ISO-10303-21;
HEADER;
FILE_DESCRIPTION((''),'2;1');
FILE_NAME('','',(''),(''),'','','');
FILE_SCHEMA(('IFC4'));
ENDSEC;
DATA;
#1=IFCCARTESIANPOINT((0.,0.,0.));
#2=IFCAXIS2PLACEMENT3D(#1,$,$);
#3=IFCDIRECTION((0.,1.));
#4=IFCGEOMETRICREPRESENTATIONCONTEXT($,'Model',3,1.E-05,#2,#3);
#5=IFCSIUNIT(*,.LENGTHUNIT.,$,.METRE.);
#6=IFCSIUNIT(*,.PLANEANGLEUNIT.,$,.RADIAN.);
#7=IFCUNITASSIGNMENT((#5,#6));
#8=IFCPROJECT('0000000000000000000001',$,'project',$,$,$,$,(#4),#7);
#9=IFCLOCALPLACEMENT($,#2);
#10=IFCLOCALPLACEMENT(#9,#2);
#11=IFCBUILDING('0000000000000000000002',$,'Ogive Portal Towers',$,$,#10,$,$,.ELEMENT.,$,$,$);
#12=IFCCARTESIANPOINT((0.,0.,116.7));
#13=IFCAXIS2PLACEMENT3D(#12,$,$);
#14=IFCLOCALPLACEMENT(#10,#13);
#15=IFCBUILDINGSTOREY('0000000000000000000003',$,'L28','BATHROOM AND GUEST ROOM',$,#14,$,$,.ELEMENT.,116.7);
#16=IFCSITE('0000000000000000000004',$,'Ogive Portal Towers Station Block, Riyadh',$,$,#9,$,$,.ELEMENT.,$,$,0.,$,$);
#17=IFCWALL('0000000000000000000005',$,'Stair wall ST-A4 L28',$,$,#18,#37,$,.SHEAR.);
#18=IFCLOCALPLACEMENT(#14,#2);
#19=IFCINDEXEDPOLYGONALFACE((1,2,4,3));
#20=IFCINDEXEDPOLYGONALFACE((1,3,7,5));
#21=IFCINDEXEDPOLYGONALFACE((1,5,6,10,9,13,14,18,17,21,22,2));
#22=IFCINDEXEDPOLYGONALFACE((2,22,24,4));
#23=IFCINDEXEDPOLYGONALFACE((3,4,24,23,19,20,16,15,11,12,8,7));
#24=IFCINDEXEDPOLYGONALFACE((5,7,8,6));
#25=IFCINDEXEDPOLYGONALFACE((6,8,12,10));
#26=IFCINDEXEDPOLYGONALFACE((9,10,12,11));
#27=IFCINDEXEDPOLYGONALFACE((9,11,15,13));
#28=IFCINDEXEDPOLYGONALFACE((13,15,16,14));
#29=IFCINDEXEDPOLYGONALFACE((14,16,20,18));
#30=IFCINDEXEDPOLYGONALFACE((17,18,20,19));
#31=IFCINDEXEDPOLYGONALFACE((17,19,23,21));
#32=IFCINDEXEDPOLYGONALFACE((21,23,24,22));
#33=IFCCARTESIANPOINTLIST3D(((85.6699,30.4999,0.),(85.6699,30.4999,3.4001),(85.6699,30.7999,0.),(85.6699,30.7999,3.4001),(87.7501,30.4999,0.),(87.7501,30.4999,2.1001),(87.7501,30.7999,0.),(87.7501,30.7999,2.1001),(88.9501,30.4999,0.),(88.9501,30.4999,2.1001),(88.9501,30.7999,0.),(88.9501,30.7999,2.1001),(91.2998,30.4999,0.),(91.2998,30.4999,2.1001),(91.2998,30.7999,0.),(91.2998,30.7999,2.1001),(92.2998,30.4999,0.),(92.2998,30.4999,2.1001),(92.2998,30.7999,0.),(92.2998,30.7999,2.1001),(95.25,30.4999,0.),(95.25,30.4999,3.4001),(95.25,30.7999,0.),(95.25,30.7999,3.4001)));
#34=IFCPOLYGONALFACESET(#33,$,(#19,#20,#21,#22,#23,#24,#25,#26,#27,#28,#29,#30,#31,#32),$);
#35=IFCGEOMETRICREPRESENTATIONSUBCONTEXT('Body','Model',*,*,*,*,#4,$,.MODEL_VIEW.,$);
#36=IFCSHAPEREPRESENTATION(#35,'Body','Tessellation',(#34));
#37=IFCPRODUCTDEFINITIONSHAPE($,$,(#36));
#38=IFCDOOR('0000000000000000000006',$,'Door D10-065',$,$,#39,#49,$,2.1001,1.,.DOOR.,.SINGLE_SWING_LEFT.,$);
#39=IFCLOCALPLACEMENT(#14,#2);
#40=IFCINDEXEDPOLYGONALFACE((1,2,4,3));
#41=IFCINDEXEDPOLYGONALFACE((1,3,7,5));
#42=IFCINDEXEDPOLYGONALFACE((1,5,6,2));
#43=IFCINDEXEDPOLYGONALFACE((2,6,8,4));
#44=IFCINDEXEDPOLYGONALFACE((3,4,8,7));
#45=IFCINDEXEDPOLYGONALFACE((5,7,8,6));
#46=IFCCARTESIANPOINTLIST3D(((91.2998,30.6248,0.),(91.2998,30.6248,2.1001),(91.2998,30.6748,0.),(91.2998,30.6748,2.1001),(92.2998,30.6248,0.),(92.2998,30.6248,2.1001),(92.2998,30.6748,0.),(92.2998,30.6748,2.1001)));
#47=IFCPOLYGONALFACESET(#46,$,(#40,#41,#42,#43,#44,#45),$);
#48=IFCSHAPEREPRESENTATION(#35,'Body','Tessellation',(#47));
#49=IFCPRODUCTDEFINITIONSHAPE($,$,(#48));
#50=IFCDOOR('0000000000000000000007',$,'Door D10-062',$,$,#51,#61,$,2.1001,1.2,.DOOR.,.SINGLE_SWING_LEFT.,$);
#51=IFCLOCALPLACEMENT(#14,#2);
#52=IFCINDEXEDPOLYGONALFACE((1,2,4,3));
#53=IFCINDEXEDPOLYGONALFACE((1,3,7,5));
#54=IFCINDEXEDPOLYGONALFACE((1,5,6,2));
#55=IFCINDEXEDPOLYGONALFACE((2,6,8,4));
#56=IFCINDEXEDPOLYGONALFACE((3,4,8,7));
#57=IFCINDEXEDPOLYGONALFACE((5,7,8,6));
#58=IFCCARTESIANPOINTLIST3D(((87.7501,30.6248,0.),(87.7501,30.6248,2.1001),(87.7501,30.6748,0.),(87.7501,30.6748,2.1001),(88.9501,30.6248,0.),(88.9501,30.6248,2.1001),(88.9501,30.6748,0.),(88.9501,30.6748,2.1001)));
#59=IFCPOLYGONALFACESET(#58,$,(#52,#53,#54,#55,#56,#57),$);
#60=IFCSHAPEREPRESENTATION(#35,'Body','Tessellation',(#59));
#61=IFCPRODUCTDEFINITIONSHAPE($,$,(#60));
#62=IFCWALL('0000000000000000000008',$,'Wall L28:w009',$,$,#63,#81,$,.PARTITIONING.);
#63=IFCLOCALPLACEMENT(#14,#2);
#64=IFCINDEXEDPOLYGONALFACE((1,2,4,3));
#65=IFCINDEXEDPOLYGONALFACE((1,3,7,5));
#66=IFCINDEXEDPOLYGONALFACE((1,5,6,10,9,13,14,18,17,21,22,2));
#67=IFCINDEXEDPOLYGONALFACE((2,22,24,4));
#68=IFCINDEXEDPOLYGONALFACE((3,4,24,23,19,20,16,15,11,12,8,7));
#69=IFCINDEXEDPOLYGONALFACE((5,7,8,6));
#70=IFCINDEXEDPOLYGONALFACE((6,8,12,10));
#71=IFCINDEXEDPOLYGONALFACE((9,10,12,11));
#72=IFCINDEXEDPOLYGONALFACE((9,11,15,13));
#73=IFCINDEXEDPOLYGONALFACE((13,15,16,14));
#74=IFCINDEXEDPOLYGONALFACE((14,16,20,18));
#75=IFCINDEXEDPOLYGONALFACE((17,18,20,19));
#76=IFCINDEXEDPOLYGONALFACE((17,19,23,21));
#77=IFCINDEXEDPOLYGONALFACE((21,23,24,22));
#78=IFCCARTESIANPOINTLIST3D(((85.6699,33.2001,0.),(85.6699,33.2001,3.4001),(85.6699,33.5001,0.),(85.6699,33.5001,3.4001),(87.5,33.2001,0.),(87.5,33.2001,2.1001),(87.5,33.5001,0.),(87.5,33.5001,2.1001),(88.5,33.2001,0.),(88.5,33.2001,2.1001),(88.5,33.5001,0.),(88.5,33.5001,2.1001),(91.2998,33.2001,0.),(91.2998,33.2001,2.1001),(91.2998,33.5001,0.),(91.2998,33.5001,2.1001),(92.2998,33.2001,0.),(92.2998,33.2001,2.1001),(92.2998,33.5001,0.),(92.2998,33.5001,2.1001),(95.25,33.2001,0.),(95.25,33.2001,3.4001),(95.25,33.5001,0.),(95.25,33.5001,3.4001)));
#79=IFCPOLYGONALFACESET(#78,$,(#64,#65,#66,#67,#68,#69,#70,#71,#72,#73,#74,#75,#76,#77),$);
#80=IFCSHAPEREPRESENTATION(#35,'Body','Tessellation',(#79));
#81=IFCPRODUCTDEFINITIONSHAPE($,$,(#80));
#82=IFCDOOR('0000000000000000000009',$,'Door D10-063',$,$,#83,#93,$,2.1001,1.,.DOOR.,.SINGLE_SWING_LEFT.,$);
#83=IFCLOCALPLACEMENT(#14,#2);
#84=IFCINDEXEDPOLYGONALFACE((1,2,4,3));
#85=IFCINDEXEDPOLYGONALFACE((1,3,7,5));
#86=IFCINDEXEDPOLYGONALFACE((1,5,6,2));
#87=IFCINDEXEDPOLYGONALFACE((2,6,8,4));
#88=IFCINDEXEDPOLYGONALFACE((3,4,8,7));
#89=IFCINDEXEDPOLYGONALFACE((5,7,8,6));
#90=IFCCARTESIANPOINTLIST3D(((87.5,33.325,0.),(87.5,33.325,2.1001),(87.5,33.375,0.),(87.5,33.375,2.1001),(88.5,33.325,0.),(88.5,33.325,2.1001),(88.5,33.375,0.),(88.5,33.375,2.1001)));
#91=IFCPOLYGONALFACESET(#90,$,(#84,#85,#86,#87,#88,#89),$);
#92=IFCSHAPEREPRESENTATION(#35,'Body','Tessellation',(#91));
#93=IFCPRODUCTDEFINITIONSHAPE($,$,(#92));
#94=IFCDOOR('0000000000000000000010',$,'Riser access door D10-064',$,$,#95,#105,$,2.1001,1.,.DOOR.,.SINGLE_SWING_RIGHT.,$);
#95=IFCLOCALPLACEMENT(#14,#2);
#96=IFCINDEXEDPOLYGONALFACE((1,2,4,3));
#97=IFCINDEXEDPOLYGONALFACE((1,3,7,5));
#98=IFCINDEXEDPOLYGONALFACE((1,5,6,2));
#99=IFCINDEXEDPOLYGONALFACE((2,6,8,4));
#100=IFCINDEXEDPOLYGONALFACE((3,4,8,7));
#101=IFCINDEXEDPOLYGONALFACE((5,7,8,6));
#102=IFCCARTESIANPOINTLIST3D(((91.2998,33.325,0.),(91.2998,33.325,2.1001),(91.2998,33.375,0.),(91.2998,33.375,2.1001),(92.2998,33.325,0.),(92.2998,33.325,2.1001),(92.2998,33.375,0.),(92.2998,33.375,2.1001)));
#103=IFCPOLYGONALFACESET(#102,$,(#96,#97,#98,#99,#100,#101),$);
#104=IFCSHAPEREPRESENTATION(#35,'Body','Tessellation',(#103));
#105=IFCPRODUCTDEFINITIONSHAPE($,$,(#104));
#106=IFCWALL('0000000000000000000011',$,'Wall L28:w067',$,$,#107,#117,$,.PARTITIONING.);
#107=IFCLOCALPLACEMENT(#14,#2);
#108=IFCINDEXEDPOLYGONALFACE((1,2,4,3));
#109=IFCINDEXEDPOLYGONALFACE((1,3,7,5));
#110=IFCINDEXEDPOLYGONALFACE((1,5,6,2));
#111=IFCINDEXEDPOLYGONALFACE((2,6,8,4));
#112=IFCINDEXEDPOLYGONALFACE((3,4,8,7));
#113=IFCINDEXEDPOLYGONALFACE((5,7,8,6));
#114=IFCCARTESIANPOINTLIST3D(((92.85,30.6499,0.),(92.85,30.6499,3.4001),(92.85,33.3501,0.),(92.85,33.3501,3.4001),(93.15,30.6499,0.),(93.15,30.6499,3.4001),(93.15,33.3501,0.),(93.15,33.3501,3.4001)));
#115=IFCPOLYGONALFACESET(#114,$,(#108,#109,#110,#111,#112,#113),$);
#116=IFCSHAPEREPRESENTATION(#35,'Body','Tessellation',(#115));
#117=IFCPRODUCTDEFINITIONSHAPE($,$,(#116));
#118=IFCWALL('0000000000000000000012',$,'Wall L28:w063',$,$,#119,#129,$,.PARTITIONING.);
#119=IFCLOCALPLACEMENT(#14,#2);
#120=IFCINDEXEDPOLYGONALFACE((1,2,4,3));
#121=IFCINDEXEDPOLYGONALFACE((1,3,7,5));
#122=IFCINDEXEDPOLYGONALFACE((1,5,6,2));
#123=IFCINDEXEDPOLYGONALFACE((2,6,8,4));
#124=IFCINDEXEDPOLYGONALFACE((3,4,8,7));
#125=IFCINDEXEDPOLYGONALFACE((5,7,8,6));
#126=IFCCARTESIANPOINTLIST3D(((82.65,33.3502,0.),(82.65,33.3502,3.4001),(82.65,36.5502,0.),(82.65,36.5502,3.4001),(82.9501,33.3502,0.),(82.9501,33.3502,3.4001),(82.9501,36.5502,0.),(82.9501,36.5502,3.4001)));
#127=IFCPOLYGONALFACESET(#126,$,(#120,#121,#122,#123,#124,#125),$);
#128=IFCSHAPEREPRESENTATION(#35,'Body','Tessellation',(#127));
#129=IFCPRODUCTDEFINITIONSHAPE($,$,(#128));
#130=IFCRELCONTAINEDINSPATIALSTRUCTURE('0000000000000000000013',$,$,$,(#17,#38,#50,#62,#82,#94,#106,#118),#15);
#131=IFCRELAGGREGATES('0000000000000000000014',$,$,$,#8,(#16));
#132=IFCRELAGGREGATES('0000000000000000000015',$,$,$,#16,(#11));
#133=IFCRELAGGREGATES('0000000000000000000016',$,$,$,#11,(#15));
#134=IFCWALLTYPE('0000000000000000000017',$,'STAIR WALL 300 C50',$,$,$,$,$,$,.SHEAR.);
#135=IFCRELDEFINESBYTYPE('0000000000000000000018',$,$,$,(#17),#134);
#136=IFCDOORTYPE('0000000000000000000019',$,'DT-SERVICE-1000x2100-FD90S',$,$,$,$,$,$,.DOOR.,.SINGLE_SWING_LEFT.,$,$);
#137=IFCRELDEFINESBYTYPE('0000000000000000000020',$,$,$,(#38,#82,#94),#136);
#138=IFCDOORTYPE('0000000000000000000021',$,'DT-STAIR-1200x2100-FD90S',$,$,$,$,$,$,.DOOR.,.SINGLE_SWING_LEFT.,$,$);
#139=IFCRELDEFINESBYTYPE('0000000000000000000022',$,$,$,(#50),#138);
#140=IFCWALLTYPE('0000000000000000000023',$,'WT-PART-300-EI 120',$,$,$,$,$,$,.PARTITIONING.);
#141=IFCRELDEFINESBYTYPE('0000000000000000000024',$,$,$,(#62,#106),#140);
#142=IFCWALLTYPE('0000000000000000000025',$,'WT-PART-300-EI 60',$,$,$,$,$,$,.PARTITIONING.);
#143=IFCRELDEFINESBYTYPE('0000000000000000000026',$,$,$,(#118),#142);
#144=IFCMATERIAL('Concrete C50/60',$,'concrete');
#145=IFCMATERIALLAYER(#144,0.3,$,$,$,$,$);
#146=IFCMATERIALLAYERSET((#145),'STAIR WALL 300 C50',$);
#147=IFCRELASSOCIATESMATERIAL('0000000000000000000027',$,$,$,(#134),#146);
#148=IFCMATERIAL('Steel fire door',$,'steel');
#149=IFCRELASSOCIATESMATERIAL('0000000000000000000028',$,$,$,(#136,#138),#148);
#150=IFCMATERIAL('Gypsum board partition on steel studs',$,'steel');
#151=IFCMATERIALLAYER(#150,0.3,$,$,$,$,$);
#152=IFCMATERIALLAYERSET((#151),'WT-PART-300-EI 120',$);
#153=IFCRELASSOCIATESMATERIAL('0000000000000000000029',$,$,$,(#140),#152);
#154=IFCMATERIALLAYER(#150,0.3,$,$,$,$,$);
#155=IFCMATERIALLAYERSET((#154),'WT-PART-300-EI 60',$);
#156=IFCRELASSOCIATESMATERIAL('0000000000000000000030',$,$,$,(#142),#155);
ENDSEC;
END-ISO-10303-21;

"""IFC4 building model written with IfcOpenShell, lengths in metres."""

from ifc_helpers import new_model, si_unit, direction, frame, frame_2d, origin, place, context, subcontext, project, spatial, rectangle, extrude, material, layer, layer_set, type_object, element, fill, save


model = new_model("IFC4")

# Units and contexts
model_context = context("Model", 3, precision=1e-05, world=origin(), true_north=direction((0.0, 1.0)))
body_context = subcontext(model_context, "Body", "Model", "MODEL_VIEW")
ifc_project = project(units=[si_unit("LENGTHUNIT", "METRE"), si_unit("PLANEANGLEUNIT", "RADIAN")], contexts=[model_context])

# Site, building, storey
site_placement = place(None, origin())
site = spatial("IfcSite", under=ifc_project, at=site_placement, Name="Ogive Portal Towers Station Block, Riyadh", CompositionType="ELEMENT", RefElevation=0.0)
building_placement = place(site_placement, origin())
building = spatial("IfcBuilding", under=site, at=building_placement, Name="Ogive Portal Towers", CompositionType="ELEMENT")
storey_placement = place(building_placement, frame((0.0, 0.0, 116.7)))
storey = spatial("IfcBuildingStorey", under=building, at=storey_placement, Name="L28", Description="BATHROOM AND GUEST ROOM", CompositionType="ELEMENT", Elevation=116.7)

# Walls, openings, doors
ifc_material_1 = material(Name="Concrete C50/60", Category="concrete")
ifc_layer_1 = layer(ifc_material_1, 0.3)
ifc_layer_set_1 = layer_set([ifc_layer_1], Name="STAIR WALL 300 C50")
wall_type_1 = type_object("IfcWallType", Name="STAIR WALL 300 C50", PredefinedType="SHEAR", material=ifc_layer_set_1)
wall_1_placement = place(storey_placement, frame((85.6699, 30.6499, 0.0), z_axis=(0.0, 0.0, 1.0), x_axis=(1.0, 0.0, 0.0)))
wall_1 = element("IfcWall", 1, at=wall_1_placement, inside=storey, type_object=wall_type_1, Name="Stair wall ST-A4 L28", PredefinedType="SHEAR", context=body_context, shape_type="SweptSolid", body=[
    extrude(rectangle(XDim=9.5801, YDim=0.3, at=frame_2d((4.79, 0.0))), origin(), (0.0, 0.0, 1.0), 3.4001),
])
opening_1_placement = place(wall_1_placement, frame((2.0801, 0.0, 0.0)))
opening_1 = element("IfcOpeningElement", 2, at=opening_1_placement, cuts=wall_1, PredefinedType="OPENING", context=body_context, shape_type="SweptSolid", body=[
    extrude(rectangle(XDim=1.2, YDim=2.1001, at=frame_2d((0.6001, 1.05))), frame((0.0, 0.1602, 0.0), z_axis=(0.0, -1.0, 0.0), x_axis=(1.0, 0.0, 0.0)), (0.0, 0.0, 1.0), 0.3201),
])
opening_2_placement = place(wall_1_placement, frame((5.6299, 0.0, 0.0)))
opening_2 = element("IfcOpeningElement", 3, at=opening_2_placement, cuts=wall_1, PredefinedType="OPENING", context=body_context, shape_type="SweptSolid", body=[
    extrude(rectangle(XDim=1.0, YDim=2.1001, at=frame_2d((0.5, 1.05))), frame((0.0, 0.1602, 0.0), z_axis=(0.0, -1.0, 0.0), x_axis=(1.0, 0.0, 0.0)), (0.0, 0.0, 1.0), 0.3201),
])
ifc_material_2 = material(Name="Steel fire door", Category="steel")
door_type_1 = type_object("IfcDoorType", Name="DT-SERVICE-1000x2100-FD90S", OperationType="SINGLE_SWING_LEFT", PredefinedType="DOOR", material=ifc_material_2)
door_1_placement = place(opening_2_placement, origin())
door_1 = element("IfcDoor", 4, at=door_1_placement, inside=storey, type_object=door_type_1, Name="Door D10-065", OperationType="SINGLE_SWING_LEFT", OverallHeight=2.1001, OverallWidth=1.0, PredefinedType="DOOR", context=body_context, shape_type="SweptSolid", body=[
    extrude(rectangle(XDim=1.0, YDim=2.1001, at=frame_2d((0.5, 1.05))), frame((0.0, 0.0249, 0.0), z_axis=(0.0, -1.0, 0.0), x_axis=(1.0, 0.0, 0.0)), (0.0, 0.0, 1.0), 0.05),
])
fill(opening_2, door_1)
door_type_2 = type_object("IfcDoorType", Name="DT-STAIR-1200x2100-FD90S", OperationType="SINGLE_SWING_LEFT", PredefinedType="DOOR", material=ifc_material_2)
door_2_placement = place(opening_1_placement, origin())
door_2 = element("IfcDoor", 5, at=door_2_placement, inside=storey, type_object=door_type_2, Name="Door D10-062", OperationType="SINGLE_SWING_LEFT", OverallHeight=2.1001, OverallWidth=1.2, PredefinedType="DOOR", context=body_context, shape_type="SweptSolid", body=[
    extrude(rectangle(XDim=1.2, YDim=2.1001, at=frame_2d((0.6001, 1.05))), frame((0.0, 0.0249, 0.0), z_axis=(0.0, -1.0, 0.0), x_axis=(1.0, 0.0, 0.0)), (0.0, 0.0, 1.0), 0.05),
])
fill(opening_1, door_2)
ifc_material_3 = material(Name="Gypsum board partition on steel studs", Category="steel")
ifc_layer_2 = layer(ifc_material_3, 0.3)
ifc_layer_set_2 = layer_set([ifc_layer_2], Name="WT-PART-300-EI 120")
wall_type_2 = type_object("IfcWallType", Name="WT-PART-300-EI 120", PredefinedType="PARTITIONING", material=ifc_layer_set_2)
wall_2_placement = place(storey_placement, frame((85.6699, 33.3501, 0.0), z_axis=(0.0, 0.0, 1.0), x_axis=(1.0, 0.0, 0.0)))
wall_2 = element("IfcWall", 6, at=wall_2_placement, inside=storey, type_object=wall_type_2, Name="Wall L28:w009", PredefinedType="PARTITIONING", context=body_context, shape_type="SweptSolid", body=[
    extrude(rectangle(XDim=9.5801, YDim=0.3, at=frame_2d((4.79, 0.0))), origin(), (0.0, 0.0, 1.0), 3.4001),
])
opening_3_placement = place(wall_2_placement, frame((1.8301, 0.0, 0.0)))
opening_3 = element("IfcOpeningElement", 7, at=opening_3_placement, cuts=wall_2, PredefinedType="OPENING", context=body_context, shape_type="SweptSolid", body=[
    extrude(rectangle(XDim=1.0, YDim=2.1001, at=frame_2d((0.5, 1.05))), frame((0.0, 0.1602, 0.0), z_axis=(0.0, -1.0, 0.0), x_axis=(1.0, 0.0, 0.0)), (0.0, 0.0, 1.0), 0.3201),
])
opening_4_placement = place(wall_2_placement, frame((5.6299, 0.0, 0.0)))
opening_4 = element("IfcOpeningElement", 8, at=opening_4_placement, cuts=wall_2, PredefinedType="OPENING", context=body_context, shape_type="SweptSolid", body=[
    extrude(rectangle(XDim=1.0, YDim=2.1001, at=frame_2d((0.5, 1.05))), frame((0.0, 0.1602, 0.0), z_axis=(0.0, -1.0, 0.0), x_axis=(1.0, 0.0, 0.0)), (0.0, 0.0, 1.0), 0.3201),
])
door_3_placement = place(opening_3_placement, origin())
door_3 = element("IfcDoor", 9, at=door_3_placement, inside=storey, type_object=door_type_1, Name="Door D10-063", OperationType="SINGLE_SWING_LEFT", OverallHeight=2.1001, OverallWidth=1.0, PredefinedType="DOOR", context=body_context, shape_type="SweptSolid", body=[
    extrude(rectangle(XDim=1.0, YDim=2.1001, at=frame_2d((0.5, 1.05))), frame((0.0, 0.0249, 0.0), z_axis=(0.0, -1.0, 0.0), x_axis=(1.0, 0.0, 0.0)), (0.0, 0.0, 1.0), 0.05),
])
fill(opening_3, door_3)
door_4_placement = place(opening_4_placement, origin())
door_4 = element("IfcDoor", 10, at=door_4_placement, inside=storey, type_object=door_type_1, Name="Riser access door D10-064", OperationType="SINGLE_SWING_RIGHT", OverallHeight=2.1001, OverallWidth=1.0, PredefinedType="DOOR", context=body_context, shape_type="SweptSolid", body=[
    extrude(rectangle(XDim=1.0, YDim=2.1001, at=frame_2d((0.5, 1.05))), frame((0.0, 0.0249, 0.0), z_axis=(0.0, -1.0, 0.0), x_axis=(1.0, 0.0, 0.0)), (0.0, 0.0, 1.0), 0.05),
])
fill(opening_4, door_4)

# Walls
wall_3_placement = place(storey_placement, frame((93.0, 30.6499, 0.0), z_axis=(0.0, 0.0, 1.0), x_axis=(0.0, 1.0, 0.0)))
element("IfcWall", 11, at=wall_3_placement, inside=storey, type_object=wall_type_2, Name="Wall L28:w067", PredefinedType="PARTITIONING", context=body_context, shape_type="SweptSolid", body=[
    extrude(rectangle(XDim=2.7002, YDim=0.3, at=frame_2d((1.3501, 0.0))), origin(), (0.0, 0.0, 1.0), 3.4001),
])
ifc_layer_3 = layer(ifc_material_3, 0.3)
ifc_layer_set_3 = layer_set([ifc_layer_3], Name="WT-PART-300-EI 60")
wall_type_3 = type_object("IfcWallType", Name="WT-PART-300-EI 60", PredefinedType="PARTITIONING", material=ifc_layer_set_3)
wall_4_placement = place(storey_placement, frame((82.8, 33.3501, 0.0), z_axis=(0.0, 0.0, 1.0), x_axis=(0.0, 1.0, 0.0)))
element("IfcWall", 12, at=wall_4_placement, inside=storey, type_object=wall_type_3, Name="Wall L28:w063", PredefinedType="PARTITIONING", context=body_context, shape_type="SweptSolid", body=[
    extrude(rectangle(XDim=3.2, YDim=0.3, at=frame_2d((1.6001, 0.0))), origin(), (0.0, 0.0, 1.0), 3.4001),
])

save(model, "model.ifc")
